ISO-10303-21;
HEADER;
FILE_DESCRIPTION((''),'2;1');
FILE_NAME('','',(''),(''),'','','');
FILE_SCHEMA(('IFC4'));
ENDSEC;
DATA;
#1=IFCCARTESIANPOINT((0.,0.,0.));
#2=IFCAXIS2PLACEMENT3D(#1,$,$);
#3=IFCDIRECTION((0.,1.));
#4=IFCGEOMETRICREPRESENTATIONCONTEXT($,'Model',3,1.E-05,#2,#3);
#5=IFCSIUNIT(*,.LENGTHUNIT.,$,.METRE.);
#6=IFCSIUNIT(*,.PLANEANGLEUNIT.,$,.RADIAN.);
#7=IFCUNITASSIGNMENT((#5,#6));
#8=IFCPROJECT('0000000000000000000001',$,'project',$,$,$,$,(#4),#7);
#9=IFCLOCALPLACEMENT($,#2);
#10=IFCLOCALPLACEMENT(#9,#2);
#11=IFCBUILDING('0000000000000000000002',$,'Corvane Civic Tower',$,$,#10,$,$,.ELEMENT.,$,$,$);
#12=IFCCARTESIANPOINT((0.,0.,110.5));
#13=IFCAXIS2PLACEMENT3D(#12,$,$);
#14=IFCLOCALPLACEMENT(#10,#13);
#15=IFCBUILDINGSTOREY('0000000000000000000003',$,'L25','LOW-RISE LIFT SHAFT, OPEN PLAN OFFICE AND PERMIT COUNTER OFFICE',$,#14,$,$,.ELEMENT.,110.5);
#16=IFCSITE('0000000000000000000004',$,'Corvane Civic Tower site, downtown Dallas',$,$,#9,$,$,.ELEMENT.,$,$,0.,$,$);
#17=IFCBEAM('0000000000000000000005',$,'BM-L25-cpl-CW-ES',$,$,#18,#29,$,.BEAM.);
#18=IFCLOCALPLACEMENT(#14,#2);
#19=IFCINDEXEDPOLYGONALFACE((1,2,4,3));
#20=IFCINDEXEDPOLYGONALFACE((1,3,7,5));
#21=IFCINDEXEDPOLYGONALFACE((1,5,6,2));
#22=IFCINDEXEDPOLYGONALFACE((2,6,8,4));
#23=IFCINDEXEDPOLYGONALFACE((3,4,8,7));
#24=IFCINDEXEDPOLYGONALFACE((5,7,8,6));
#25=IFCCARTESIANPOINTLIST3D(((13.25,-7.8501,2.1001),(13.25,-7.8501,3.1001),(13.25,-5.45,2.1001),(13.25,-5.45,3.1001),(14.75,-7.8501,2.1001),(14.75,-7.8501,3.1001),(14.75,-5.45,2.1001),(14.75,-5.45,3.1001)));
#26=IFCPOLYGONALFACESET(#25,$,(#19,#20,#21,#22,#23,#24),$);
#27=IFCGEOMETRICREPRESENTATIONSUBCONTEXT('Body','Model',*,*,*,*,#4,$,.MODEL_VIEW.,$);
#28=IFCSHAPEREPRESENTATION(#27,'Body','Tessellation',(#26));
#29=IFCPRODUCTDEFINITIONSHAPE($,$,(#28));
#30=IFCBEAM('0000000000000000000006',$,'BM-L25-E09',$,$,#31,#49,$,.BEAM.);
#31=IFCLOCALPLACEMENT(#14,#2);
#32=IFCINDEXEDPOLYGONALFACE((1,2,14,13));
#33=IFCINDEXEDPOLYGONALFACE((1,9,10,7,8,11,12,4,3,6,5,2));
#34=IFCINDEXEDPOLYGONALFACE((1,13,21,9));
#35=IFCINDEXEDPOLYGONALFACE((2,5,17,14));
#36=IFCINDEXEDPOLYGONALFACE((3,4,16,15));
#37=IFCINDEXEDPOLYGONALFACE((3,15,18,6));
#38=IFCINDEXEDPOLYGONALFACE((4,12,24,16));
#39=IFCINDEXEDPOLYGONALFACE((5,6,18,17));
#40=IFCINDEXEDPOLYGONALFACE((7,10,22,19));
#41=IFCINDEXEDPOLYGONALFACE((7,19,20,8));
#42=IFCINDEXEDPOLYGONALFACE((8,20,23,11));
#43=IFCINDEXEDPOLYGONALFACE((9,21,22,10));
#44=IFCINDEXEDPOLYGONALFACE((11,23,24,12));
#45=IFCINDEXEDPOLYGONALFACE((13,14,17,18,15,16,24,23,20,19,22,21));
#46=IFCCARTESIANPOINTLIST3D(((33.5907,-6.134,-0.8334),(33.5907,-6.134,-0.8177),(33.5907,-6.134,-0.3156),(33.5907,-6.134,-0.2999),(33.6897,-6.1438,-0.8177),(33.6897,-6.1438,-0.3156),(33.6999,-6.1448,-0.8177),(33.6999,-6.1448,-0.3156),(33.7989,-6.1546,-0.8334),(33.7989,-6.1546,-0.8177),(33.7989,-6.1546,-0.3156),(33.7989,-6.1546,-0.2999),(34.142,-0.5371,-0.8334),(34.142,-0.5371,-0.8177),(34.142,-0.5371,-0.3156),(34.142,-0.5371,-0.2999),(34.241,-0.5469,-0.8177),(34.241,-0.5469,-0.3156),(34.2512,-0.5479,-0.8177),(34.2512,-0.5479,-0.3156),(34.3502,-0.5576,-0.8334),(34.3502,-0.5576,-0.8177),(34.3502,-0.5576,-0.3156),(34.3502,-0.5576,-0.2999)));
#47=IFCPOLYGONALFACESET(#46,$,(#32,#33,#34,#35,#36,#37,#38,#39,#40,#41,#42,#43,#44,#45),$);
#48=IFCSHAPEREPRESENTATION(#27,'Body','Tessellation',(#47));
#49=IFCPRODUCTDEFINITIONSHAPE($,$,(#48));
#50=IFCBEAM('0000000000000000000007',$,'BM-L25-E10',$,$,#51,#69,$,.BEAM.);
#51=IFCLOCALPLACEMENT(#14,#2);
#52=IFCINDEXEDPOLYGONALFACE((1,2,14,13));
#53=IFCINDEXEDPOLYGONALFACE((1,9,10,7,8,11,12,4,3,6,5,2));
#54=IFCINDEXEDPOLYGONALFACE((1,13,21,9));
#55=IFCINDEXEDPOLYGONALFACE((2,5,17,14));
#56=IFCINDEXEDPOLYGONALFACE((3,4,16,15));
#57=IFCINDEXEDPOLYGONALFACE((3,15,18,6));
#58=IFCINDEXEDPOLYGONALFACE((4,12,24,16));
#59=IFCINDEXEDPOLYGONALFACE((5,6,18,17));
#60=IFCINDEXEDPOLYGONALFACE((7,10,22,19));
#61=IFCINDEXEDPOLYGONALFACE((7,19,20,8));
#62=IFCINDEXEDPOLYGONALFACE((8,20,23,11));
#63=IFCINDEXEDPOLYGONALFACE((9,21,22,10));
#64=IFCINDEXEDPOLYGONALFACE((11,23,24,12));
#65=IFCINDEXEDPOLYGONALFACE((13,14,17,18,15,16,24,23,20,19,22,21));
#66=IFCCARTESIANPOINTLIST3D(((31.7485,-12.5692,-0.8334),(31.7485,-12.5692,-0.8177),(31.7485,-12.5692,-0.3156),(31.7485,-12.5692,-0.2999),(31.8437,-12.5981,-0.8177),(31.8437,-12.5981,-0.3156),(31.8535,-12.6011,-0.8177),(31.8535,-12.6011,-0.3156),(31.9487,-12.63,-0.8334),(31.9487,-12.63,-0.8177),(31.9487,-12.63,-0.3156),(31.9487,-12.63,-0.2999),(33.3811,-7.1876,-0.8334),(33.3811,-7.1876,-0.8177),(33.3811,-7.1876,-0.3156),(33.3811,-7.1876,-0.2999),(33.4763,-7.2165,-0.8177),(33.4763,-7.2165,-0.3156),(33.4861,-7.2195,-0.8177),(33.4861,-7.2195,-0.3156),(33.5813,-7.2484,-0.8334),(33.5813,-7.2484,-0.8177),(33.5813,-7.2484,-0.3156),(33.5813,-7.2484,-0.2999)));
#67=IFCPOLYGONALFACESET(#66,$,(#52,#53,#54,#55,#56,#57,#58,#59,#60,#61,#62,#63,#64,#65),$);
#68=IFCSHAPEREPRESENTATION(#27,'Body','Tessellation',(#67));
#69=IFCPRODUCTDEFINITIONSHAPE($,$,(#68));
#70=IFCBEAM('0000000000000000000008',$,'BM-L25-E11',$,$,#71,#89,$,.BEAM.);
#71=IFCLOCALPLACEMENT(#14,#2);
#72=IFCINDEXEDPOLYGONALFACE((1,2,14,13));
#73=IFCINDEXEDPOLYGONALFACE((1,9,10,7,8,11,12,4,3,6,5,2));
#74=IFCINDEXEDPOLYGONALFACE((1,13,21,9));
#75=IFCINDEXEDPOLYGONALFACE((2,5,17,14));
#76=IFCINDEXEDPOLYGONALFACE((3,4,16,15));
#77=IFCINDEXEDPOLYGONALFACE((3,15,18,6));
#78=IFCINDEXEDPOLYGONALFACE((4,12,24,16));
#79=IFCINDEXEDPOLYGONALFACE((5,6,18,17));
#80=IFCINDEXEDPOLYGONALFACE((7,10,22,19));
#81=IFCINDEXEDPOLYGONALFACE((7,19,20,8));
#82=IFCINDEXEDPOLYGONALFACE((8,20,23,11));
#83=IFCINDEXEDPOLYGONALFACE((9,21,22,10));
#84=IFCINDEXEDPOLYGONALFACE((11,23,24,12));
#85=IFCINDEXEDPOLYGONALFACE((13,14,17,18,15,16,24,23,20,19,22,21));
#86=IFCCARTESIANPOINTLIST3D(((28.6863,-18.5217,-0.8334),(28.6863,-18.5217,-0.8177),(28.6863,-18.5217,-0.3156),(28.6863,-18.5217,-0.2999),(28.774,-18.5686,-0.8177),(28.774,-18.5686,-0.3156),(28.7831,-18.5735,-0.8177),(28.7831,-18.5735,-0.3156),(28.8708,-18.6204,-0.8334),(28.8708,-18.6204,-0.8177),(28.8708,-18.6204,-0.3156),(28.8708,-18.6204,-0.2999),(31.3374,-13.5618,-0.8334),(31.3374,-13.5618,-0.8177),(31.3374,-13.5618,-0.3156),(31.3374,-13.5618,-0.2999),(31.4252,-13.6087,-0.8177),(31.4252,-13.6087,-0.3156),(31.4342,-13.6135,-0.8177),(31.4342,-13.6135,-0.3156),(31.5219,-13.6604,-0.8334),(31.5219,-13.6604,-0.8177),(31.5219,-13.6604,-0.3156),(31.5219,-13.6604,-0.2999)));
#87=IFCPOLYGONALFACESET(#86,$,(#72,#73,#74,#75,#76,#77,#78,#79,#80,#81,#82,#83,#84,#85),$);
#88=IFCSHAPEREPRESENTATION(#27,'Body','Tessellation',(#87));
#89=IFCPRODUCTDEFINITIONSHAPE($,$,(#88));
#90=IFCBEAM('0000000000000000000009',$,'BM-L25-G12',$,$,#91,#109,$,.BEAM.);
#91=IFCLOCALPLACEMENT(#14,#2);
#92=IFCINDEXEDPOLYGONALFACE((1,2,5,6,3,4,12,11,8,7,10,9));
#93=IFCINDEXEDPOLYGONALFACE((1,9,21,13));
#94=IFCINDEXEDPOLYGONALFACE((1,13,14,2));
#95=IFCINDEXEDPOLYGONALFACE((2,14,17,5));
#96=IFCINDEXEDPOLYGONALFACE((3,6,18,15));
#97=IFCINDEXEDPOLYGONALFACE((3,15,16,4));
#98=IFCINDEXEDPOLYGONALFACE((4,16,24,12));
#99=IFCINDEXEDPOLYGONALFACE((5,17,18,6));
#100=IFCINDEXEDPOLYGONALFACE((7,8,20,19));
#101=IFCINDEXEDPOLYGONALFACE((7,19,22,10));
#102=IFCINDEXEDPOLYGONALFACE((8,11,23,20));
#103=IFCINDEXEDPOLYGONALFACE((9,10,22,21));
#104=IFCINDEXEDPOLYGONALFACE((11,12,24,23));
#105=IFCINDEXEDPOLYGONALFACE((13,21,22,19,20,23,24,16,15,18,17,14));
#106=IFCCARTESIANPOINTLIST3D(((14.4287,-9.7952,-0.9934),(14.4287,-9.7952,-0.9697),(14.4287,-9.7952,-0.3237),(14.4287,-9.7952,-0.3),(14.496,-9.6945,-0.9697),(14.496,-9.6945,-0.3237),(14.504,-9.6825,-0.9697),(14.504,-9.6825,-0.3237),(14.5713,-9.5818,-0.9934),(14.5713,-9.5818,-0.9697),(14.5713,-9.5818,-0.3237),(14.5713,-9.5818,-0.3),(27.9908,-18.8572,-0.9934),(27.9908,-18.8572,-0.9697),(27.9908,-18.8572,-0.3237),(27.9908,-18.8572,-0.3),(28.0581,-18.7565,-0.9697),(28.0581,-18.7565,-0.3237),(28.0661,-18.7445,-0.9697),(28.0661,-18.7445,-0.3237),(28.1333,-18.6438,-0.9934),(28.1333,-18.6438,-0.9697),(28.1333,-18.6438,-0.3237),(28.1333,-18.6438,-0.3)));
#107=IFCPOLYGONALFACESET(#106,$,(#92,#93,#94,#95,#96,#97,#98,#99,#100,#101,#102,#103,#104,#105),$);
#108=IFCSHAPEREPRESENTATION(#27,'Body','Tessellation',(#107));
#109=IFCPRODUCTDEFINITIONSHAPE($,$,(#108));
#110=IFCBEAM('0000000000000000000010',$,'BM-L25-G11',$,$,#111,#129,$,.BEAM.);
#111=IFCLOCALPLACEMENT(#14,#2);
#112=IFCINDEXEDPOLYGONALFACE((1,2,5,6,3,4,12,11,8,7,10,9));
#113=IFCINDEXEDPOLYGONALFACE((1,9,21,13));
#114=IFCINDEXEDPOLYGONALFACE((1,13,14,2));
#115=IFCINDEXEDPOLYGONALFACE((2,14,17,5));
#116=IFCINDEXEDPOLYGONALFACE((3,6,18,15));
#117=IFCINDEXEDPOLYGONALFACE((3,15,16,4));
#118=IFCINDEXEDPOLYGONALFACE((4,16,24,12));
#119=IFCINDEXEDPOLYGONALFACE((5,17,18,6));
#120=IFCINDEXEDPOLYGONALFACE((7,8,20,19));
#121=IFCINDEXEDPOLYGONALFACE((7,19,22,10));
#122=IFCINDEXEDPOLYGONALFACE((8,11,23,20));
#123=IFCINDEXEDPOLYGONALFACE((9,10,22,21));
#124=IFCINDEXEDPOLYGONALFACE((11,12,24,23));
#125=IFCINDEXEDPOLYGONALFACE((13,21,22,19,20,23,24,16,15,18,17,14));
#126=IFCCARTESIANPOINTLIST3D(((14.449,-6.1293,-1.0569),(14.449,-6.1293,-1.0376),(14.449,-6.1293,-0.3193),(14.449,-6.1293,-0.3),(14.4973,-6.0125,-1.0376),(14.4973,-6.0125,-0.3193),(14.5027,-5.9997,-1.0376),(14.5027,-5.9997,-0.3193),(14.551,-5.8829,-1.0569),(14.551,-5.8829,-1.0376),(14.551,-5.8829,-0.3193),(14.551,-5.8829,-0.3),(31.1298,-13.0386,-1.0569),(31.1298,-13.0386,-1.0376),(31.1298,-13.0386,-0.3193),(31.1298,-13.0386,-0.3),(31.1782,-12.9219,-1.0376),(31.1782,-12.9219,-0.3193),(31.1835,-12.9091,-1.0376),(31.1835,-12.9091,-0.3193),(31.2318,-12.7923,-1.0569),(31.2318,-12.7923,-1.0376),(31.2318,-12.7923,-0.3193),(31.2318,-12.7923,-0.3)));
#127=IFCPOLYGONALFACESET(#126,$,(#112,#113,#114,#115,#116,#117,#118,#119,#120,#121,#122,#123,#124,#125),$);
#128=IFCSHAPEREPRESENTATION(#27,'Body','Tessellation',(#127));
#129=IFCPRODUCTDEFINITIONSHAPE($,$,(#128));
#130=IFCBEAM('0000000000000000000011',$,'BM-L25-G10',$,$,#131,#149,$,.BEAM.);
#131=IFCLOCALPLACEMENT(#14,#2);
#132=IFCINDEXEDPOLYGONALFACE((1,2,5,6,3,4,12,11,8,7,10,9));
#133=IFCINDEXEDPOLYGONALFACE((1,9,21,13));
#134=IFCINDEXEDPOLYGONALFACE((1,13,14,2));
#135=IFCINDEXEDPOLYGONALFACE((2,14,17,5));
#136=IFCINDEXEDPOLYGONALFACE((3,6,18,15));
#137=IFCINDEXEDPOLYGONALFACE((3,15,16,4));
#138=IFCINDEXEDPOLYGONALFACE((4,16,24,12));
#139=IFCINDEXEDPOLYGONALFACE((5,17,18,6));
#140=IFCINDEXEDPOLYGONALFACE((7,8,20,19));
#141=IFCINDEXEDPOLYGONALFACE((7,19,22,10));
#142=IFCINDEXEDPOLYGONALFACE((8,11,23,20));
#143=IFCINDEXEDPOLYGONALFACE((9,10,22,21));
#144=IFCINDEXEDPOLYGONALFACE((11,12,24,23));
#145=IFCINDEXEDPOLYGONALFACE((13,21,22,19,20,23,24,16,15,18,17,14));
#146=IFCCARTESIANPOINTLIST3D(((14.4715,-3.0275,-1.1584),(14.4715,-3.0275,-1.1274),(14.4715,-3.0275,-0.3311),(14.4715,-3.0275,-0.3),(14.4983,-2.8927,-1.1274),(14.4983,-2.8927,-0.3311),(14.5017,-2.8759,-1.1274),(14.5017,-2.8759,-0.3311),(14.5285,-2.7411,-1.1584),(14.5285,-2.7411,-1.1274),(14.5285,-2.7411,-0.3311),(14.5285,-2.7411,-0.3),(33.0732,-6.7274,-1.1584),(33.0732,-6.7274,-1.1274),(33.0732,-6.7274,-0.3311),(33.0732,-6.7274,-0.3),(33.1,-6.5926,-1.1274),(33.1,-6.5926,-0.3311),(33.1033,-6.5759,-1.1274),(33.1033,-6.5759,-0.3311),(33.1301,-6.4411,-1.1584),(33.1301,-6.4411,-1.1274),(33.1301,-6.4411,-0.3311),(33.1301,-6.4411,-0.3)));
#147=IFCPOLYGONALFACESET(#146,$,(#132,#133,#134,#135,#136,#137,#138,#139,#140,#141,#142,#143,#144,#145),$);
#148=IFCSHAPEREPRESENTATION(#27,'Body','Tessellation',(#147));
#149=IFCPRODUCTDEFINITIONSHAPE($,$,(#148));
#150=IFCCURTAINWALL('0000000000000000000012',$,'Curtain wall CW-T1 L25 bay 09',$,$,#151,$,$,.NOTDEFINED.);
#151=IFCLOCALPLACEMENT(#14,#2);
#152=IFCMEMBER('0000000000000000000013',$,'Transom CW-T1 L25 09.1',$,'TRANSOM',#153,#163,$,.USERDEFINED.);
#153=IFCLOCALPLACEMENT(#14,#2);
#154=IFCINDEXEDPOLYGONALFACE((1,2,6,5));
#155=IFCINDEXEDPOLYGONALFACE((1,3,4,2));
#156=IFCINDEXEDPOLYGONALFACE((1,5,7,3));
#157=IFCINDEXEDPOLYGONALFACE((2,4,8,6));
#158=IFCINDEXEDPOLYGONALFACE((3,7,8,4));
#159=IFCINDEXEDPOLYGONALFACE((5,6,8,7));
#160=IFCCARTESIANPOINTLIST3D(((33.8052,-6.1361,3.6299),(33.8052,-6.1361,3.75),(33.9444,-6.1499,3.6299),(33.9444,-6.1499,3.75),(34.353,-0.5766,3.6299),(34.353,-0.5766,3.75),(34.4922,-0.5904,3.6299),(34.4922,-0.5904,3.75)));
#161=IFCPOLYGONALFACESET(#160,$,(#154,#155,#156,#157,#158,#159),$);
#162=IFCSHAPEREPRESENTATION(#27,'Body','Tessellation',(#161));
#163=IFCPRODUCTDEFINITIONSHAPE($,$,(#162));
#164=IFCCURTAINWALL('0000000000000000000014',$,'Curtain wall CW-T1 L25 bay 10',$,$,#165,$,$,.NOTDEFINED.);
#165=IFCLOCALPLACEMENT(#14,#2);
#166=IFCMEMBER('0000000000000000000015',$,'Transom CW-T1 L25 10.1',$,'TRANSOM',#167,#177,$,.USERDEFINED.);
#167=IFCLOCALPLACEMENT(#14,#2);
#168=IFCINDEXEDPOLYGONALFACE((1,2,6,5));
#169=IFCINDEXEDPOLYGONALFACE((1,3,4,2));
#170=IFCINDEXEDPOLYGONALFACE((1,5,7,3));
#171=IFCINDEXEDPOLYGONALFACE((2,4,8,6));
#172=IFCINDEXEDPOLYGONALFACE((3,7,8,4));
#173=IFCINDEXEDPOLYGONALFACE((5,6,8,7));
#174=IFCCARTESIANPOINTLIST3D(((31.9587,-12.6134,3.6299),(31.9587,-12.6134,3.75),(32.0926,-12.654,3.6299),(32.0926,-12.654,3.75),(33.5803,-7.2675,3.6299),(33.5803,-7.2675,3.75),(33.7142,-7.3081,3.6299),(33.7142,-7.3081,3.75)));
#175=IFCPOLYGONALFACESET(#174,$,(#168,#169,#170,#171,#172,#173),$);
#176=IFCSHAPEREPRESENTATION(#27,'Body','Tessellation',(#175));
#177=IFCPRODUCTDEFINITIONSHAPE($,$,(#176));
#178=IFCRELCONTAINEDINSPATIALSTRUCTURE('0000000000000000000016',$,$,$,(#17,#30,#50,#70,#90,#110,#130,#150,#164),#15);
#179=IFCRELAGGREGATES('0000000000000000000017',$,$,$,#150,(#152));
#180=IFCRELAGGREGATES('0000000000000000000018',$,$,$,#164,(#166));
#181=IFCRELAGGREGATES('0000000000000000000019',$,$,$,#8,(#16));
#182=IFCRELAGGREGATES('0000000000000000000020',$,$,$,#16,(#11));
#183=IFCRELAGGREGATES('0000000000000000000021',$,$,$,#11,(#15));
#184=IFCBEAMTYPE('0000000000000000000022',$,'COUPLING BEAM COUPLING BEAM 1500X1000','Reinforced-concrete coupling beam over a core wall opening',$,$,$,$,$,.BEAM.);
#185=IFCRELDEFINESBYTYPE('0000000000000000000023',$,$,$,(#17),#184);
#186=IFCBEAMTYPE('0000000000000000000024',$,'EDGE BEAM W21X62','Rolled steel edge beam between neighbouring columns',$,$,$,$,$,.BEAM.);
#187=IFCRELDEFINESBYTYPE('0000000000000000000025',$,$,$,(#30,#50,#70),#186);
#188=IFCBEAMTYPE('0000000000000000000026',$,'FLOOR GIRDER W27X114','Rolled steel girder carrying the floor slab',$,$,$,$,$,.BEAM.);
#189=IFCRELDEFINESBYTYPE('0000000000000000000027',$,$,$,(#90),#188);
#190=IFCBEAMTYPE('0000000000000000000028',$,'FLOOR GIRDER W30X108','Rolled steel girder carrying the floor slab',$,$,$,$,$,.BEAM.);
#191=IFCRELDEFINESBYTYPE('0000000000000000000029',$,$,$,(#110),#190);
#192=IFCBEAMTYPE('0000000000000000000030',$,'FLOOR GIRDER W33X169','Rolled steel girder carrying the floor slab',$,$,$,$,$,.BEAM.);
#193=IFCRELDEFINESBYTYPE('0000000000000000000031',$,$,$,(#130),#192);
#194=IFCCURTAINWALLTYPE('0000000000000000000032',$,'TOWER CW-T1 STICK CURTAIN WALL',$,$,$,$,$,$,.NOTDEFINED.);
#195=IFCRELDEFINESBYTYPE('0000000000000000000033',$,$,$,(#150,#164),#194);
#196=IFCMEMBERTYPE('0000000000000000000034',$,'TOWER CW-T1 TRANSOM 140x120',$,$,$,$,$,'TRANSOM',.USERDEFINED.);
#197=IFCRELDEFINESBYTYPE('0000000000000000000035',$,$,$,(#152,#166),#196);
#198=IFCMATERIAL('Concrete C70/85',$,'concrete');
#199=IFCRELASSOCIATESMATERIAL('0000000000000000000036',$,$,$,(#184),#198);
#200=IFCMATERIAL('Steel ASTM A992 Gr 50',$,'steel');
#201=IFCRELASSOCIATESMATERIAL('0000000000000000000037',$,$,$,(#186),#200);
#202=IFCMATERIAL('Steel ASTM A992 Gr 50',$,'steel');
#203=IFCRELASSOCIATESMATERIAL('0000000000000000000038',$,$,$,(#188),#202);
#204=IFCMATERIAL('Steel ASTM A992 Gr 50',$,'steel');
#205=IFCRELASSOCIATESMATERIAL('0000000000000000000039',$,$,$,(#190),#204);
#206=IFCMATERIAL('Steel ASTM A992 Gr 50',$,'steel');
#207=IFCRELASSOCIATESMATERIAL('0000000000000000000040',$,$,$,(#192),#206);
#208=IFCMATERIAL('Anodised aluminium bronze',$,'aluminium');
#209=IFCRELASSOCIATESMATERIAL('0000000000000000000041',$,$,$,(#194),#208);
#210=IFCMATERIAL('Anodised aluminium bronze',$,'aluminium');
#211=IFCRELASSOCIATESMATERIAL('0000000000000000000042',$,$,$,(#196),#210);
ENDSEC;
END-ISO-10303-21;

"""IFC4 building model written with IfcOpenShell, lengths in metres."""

from ifc_helpers import new_model, si_unit, direction, frame, origin, origin_2d, place, context, subcontext, project, spatial, rectangle, i_section, extrude, material, material_profile, profile_set, type_object, element, aggregate, save


model = new_model("IFC4")

# Units and contexts
model_context = context("Model", 3, precision=1e-05, world=origin(), true_north=direction((0.0, 1.0)))
body_context = subcontext(model_context, "Body", "Model", "MODEL_VIEW")
ifc_project = project(units=[si_unit("LENGTHUNIT", "METRE"), si_unit("PLANEANGLEUNIT", "RADIAN")], contexts=[model_context])

# Site, building, storey
site_placement = place(None, origin())
site = spatial("IfcSite", under=ifc_project, at=site_placement, Name="Corvane Civic Tower site, downtown Dallas", CompositionType="ELEMENT", RefElevation=0.0)
building_placement = place(site_placement, origin())
building = spatial("IfcBuilding", under=site, at=building_placement, Name="Corvane Civic Tower", CompositionType="ELEMENT")
storey_placement = place(building_placement, frame((0.0, 0.0, 110.5)))
storey = spatial("IfcBuildingStorey", under=building, at=storey_placement, Name="L25", Description="LOW-RISE LIFT SHAFT, OPEN PLAN OFFICE AND PERMIT COUNTER OFFICE", CompositionType="ELEMENT", Elevation=110.5)

# Beams
ifc_material_1 = material(Name="Concrete C70/85", Category="concrete")
ifc_material_profile_1 = material_profile(ifc_material_1, rectangle(XDim=1.5, YDim=1.0, at=origin_2d()), Name="COUPLING BEAM 1500X1000")
ifc_profile_set_1 = profile_set([ifc_material_profile_1], Name="Concrete C70/85")
beam_type_1 = type_object("IfcBeamType", Name="COUPLING BEAM COUPLING BEAM 1500X1000", Description="Reinforced-concrete coupling beam over a core wall opening", PredefinedType="BEAM", material=ifc_profile_set_1)
beam_1_placement = place(storey_placement, frame((14.0, -7.8501, 2.6001), z_axis=(0.0, 1.0, 0.0), x_axis=(-1.0, 0.0, 0.0)))
element("IfcBeam", 1, at=beam_1_placement, inside=storey, type_object=beam_type_1, Name="BM-L25-cpl-CW-ES", PredefinedType="BEAM", context=body_context, shape_type="SweptSolid", body=[
    extrude(rectangle(XDim=1.5, YDim=1.0, at=origin_2d()), origin(), (0.0, 0.0, 1.0), 2.4001),
])
ifc_material_2 = material(Name="Steel ASTM A992 Gr 50", Category="steel")
ifc_material_profile_2 = material_profile(ifc_material_2, i_section(OverallWidth=0.2092, OverallDepth=0.5334, WebThickness=0.0103, FlangeThickness=0.0156, at=origin_2d()), Name="W21X62")
ifc_profile_set_2 = profile_set([ifc_material_profile_2], Name="Steel ASTM A992 Gr 50")
beam_type_2 = type_object("IfcBeamType", Name="EDGE BEAM W21X62", Description="Rolled steel edge beam between neighbouring columns", PredefinedType="BEAM", material=ifc_profile_set_2)
beam_2_placement = place(storey_placement, frame((34.2461, -0.5474, -0.5667), z_axis=(-0.098021, -0.995184, 0.0), x_axis=(0.995184, -0.098021, 0.0)))
element("IfcBeam", 2, at=beam_2_placement, inside=storey, type_object=beam_type_2, Name="BM-L25-E09", PredefinedType="BEAM", context=body_context, shape_type="SweptSolid", body=[
    extrude(i_section(OverallWidth=0.2092, OverallDepth=0.5334, WebThickness=0.0103, FlangeThickness=0.0156, at=origin_2d()), origin(), (0.0, 0.0, 1.0), 5.624),
])
beam_3_placement = place(storey_placement, frame((33.4812, -7.218, -0.5667), z_axis=(-0.290298, -0.956936, 0.0), x_axis=(0.956936, -0.290298, 0.0)))
element("IfcBeam", 3, at=beam_3_placement, inside=storey, type_object=beam_type_2, Name="BM-L25-E10", PredefinedType="BEAM", context=body_context, shape_type="SweptSolid", body=[
    extrude(i_section(OverallWidth=0.2092, OverallDepth=0.5334, WebThickness=0.0103, FlangeThickness=0.0156, at=origin_2d()), origin(), (0.0, 0.0, 1.0), 5.6238),
])
beam_4_placement = place(storey_placement, frame((31.4297, -13.6111, -0.5667), z_axis=(-0.471392, -0.881924, 0.0), x_axis=(0.881924, -0.471392, 0.0)))
element("IfcBeam", 4, at=beam_4_placement, inside=storey, type_object=beam_type_2, Name="BM-L25-E11", PredefinedType="BEAM", context=body_context, shape_type="SweptSolid", body=[
    extrude(i_section(OverallWidth=0.2092, OverallDepth=0.5334, WebThickness=0.0103, FlangeThickness=0.0156, at=origin_2d()), origin(), (0.0, 0.0, 1.0), 5.624),
])
ifc_material_3 = material(Name="Steel ASTM A992 Gr 50", Category="steel")
ifc_material_profile_3 = material_profile(ifc_material_3, i_section(OverallWidth=0.2566, OverallDepth=0.6934, WebThickness=0.0144, FlangeThickness=0.0237, at=origin_2d()), Name="W27X114")
ifc_profile_set_3 = profile_set([ifc_material_profile_3], Name="Steel ASTM A992 Gr 50")
beam_type_3 = type_object("IfcBeamType", Name="FLOOR GIRDER W27X114", Description="Rolled steel girder carrying the floor slab", PredefinedType="BEAM", material=ifc_profile_set_3)
beam_5_placement = place(storey_placement, frame((14.5, -9.6885, -0.6467), z_axis=(0.831465, -0.555577, 0.0), x_axis=(0.555577, 0.831465, 0.0)))
element("IfcBeam", 5, at=beam_5_placement, inside=storey, type_object=beam_type_3, Name="BM-L25-G12", PredefinedType="BEAM", context=body_context, shape_type="SweptSolid", body=[
    extrude(i_section(OverallWidth=0.2566, OverallDepth=0.6934, WebThickness=0.0144, FlangeThickness=0.0237, at=origin_2d()), origin(), (0.0, 0.0, 1.0), 16.311),
])
ifc_material_4 = material(Name="Steel ASTM A992 Gr 50", Category="steel")
ifc_material_profile_4 = material_profile(ifc_material_4, i_section(OverallWidth=0.2666, OverallDepth=0.7568, WebThickness=0.0139, FlangeThickness=0.0193, at=origin_2d()), Name="W30X108")
ifc_profile_set_4 = profile_set([ifc_material_profile_4], Name="Steel ASTM A992 Gr 50")
beam_type_4 = type_object("IfcBeamType", Name="FLOOR GIRDER W30X108", Description="Rolled steel girder carrying the floor slab", PredefinedType="BEAM", material=ifc_profile_set_4)
beam_6_placement = place(storey_placement, frame((14.5, -6.0061, -0.6785), z_axis=(0.92388, -0.382682, 0.0), x_axis=(0.382682, 0.92388, 0.0)))
element("IfcBeam", 6, at=beam_6_placement, inside=storey, type_object=beam_type_4, Name="BM-L25-G11", PredefinedType="BEAM", context=body_context, shape_type="SweptSolid", body=[
    extrude(i_section(OverallWidth=0.2666, OverallDepth=0.7568, WebThickness=0.0139, FlangeThickness=0.0193, at=origin_2d()), origin(), (0.0, 0.0, 1.0), 18.0552),
])
ifc_material_5 = material(Name="Steel ASTM A992 Gr 50", Category="steel")
ifc_material_profile_5 = material_profile(ifc_material_5, i_section(OverallWidth=0.292, OverallDepth=0.8584, WebThickness=0.0171, FlangeThickness=0.031, at=origin_2d()), Name="W33X169")
ifc_profile_set_5 = profile_set([ifc_material_profile_5], Name="Steel ASTM A992 Gr 50")
beam_type_5 = type_object("IfcBeamType", Name="FLOOR GIRDER W33X169", Description="Rolled steel girder carrying the floor slab", PredefinedType="BEAM", material=ifc_profile_set_5)
beam_7_placement = place(storey_placement, frame((14.5, -2.8843, -0.7292), z_axis=(0.980787, -0.195084, 0.0), x_axis=(0.195084, 0.980787, 0.0)))
element("IfcBeam", 7, at=beam_7_placement, inside=storey, type_object=beam_type_5, Name="BM-L25-G10", PredefinedType="BEAM", context=body_context, shape_type="SweptSolid", body=[
    extrude(i_section(OverallWidth=0.292, OverallDepth=0.8584, WebThickness=0.0171, FlangeThickness=0.031, at=origin_2d()), origin(), (0.0, 0.0, 1.0), 18.9661),
])

# Curtain walls, members
ifc_material_6 = material(Name="Anodised aluminium bronze", Category="aluminium")
curtain_wall_type = type_object("IfcCurtainWallType", Name="TOWER CW-T1 STICK CURTAIN WALL", PredefinedType="NOTDEFINED", material=ifc_material_6)
curtain_wall_1_placement = place(storey_placement, origin())
curtain_wall_1 = element("IfcCurtainWall", 8, at=curtain_wall_1_placement, inside=storey, type_object=curtain_wall_type, Name="Curtain wall CW-T1 L25 bay 09", PredefinedType="NOTDEFINED")
ifc_material_7 = material(Name="Anodised aluminium bronze", Category="aluminium")
ifc_material_profile_6 = material_profile(ifc_material_7, rectangle(XDim=0.1399, YDim=0.1201, at=origin_2d()), Name="TOWER CW-T1 TRANSOM 140x120")
ifc_profile_set_6 = profile_set([ifc_material_profile_6], Name="Anodised aluminium bronze")
member_type = type_object("IfcMemberType", Name="TOWER CW-T1 TRANSOM 140x120", ElementType="TRANSOM", PredefinedType="USERDEFINED", material=ifc_profile_set_6)
member_1_placement = place(storey_placement, frame((34.4226, -0.5835, 3.6899), z_axis=(-0.098067, -0.99518, 0.0), x_axis=(0.99518, -0.098067, 0.0)))
member_1 = element("IfcMember", 9, at=member_1_placement, type_object=member_type, Name="Transom CW-T1 L25 09.1", ObjectType="TRANSOM", PredefinedType="USERDEFINED", context=body_context, shape_type="SweptSolid", body=[
    extrude(rectangle(XDim=0.1399, YDim=0.1201, at=origin_2d()), origin(), (0.0, 0.0, 1.0), 5.5864),
])
curtain_wall_2_placement = place(storey_placement, origin())
curtain_wall_2 = element("IfcCurtainWall", 10, at=curtain_wall_2_placement, inside=storey, type_object=curtain_wall_type, Name="Curtain wall CW-T1 L25 bay 10", PredefinedType="NOTDEFINED")
member_2_placement = place(storey_placement, frame((33.6472, -7.2878, 3.6899), z_axis=(-0.290269, -0.956945, 0.0), x_axis=(0.956945, -0.290269, 0.0)))
member_2 = element("IfcMember", 11, at=member_2_placement, type_object=member_type, Name="Transom CW-T1 L25 10.1", ObjectType="TRANSOM", PredefinedType="USERDEFINED", context=body_context, shape_type="SweptSolid", body=[
    extrude(rectangle(XDim=0.1399, YDim=0.1201, at=origin_2d()), origin(), (0.0, 0.0, 1.0), 5.5864),
])

aggregate(curtain_wall_1, [member_1])
aggregate(curtain_wall_2, [member_2])

save(model, "model.ifc")
